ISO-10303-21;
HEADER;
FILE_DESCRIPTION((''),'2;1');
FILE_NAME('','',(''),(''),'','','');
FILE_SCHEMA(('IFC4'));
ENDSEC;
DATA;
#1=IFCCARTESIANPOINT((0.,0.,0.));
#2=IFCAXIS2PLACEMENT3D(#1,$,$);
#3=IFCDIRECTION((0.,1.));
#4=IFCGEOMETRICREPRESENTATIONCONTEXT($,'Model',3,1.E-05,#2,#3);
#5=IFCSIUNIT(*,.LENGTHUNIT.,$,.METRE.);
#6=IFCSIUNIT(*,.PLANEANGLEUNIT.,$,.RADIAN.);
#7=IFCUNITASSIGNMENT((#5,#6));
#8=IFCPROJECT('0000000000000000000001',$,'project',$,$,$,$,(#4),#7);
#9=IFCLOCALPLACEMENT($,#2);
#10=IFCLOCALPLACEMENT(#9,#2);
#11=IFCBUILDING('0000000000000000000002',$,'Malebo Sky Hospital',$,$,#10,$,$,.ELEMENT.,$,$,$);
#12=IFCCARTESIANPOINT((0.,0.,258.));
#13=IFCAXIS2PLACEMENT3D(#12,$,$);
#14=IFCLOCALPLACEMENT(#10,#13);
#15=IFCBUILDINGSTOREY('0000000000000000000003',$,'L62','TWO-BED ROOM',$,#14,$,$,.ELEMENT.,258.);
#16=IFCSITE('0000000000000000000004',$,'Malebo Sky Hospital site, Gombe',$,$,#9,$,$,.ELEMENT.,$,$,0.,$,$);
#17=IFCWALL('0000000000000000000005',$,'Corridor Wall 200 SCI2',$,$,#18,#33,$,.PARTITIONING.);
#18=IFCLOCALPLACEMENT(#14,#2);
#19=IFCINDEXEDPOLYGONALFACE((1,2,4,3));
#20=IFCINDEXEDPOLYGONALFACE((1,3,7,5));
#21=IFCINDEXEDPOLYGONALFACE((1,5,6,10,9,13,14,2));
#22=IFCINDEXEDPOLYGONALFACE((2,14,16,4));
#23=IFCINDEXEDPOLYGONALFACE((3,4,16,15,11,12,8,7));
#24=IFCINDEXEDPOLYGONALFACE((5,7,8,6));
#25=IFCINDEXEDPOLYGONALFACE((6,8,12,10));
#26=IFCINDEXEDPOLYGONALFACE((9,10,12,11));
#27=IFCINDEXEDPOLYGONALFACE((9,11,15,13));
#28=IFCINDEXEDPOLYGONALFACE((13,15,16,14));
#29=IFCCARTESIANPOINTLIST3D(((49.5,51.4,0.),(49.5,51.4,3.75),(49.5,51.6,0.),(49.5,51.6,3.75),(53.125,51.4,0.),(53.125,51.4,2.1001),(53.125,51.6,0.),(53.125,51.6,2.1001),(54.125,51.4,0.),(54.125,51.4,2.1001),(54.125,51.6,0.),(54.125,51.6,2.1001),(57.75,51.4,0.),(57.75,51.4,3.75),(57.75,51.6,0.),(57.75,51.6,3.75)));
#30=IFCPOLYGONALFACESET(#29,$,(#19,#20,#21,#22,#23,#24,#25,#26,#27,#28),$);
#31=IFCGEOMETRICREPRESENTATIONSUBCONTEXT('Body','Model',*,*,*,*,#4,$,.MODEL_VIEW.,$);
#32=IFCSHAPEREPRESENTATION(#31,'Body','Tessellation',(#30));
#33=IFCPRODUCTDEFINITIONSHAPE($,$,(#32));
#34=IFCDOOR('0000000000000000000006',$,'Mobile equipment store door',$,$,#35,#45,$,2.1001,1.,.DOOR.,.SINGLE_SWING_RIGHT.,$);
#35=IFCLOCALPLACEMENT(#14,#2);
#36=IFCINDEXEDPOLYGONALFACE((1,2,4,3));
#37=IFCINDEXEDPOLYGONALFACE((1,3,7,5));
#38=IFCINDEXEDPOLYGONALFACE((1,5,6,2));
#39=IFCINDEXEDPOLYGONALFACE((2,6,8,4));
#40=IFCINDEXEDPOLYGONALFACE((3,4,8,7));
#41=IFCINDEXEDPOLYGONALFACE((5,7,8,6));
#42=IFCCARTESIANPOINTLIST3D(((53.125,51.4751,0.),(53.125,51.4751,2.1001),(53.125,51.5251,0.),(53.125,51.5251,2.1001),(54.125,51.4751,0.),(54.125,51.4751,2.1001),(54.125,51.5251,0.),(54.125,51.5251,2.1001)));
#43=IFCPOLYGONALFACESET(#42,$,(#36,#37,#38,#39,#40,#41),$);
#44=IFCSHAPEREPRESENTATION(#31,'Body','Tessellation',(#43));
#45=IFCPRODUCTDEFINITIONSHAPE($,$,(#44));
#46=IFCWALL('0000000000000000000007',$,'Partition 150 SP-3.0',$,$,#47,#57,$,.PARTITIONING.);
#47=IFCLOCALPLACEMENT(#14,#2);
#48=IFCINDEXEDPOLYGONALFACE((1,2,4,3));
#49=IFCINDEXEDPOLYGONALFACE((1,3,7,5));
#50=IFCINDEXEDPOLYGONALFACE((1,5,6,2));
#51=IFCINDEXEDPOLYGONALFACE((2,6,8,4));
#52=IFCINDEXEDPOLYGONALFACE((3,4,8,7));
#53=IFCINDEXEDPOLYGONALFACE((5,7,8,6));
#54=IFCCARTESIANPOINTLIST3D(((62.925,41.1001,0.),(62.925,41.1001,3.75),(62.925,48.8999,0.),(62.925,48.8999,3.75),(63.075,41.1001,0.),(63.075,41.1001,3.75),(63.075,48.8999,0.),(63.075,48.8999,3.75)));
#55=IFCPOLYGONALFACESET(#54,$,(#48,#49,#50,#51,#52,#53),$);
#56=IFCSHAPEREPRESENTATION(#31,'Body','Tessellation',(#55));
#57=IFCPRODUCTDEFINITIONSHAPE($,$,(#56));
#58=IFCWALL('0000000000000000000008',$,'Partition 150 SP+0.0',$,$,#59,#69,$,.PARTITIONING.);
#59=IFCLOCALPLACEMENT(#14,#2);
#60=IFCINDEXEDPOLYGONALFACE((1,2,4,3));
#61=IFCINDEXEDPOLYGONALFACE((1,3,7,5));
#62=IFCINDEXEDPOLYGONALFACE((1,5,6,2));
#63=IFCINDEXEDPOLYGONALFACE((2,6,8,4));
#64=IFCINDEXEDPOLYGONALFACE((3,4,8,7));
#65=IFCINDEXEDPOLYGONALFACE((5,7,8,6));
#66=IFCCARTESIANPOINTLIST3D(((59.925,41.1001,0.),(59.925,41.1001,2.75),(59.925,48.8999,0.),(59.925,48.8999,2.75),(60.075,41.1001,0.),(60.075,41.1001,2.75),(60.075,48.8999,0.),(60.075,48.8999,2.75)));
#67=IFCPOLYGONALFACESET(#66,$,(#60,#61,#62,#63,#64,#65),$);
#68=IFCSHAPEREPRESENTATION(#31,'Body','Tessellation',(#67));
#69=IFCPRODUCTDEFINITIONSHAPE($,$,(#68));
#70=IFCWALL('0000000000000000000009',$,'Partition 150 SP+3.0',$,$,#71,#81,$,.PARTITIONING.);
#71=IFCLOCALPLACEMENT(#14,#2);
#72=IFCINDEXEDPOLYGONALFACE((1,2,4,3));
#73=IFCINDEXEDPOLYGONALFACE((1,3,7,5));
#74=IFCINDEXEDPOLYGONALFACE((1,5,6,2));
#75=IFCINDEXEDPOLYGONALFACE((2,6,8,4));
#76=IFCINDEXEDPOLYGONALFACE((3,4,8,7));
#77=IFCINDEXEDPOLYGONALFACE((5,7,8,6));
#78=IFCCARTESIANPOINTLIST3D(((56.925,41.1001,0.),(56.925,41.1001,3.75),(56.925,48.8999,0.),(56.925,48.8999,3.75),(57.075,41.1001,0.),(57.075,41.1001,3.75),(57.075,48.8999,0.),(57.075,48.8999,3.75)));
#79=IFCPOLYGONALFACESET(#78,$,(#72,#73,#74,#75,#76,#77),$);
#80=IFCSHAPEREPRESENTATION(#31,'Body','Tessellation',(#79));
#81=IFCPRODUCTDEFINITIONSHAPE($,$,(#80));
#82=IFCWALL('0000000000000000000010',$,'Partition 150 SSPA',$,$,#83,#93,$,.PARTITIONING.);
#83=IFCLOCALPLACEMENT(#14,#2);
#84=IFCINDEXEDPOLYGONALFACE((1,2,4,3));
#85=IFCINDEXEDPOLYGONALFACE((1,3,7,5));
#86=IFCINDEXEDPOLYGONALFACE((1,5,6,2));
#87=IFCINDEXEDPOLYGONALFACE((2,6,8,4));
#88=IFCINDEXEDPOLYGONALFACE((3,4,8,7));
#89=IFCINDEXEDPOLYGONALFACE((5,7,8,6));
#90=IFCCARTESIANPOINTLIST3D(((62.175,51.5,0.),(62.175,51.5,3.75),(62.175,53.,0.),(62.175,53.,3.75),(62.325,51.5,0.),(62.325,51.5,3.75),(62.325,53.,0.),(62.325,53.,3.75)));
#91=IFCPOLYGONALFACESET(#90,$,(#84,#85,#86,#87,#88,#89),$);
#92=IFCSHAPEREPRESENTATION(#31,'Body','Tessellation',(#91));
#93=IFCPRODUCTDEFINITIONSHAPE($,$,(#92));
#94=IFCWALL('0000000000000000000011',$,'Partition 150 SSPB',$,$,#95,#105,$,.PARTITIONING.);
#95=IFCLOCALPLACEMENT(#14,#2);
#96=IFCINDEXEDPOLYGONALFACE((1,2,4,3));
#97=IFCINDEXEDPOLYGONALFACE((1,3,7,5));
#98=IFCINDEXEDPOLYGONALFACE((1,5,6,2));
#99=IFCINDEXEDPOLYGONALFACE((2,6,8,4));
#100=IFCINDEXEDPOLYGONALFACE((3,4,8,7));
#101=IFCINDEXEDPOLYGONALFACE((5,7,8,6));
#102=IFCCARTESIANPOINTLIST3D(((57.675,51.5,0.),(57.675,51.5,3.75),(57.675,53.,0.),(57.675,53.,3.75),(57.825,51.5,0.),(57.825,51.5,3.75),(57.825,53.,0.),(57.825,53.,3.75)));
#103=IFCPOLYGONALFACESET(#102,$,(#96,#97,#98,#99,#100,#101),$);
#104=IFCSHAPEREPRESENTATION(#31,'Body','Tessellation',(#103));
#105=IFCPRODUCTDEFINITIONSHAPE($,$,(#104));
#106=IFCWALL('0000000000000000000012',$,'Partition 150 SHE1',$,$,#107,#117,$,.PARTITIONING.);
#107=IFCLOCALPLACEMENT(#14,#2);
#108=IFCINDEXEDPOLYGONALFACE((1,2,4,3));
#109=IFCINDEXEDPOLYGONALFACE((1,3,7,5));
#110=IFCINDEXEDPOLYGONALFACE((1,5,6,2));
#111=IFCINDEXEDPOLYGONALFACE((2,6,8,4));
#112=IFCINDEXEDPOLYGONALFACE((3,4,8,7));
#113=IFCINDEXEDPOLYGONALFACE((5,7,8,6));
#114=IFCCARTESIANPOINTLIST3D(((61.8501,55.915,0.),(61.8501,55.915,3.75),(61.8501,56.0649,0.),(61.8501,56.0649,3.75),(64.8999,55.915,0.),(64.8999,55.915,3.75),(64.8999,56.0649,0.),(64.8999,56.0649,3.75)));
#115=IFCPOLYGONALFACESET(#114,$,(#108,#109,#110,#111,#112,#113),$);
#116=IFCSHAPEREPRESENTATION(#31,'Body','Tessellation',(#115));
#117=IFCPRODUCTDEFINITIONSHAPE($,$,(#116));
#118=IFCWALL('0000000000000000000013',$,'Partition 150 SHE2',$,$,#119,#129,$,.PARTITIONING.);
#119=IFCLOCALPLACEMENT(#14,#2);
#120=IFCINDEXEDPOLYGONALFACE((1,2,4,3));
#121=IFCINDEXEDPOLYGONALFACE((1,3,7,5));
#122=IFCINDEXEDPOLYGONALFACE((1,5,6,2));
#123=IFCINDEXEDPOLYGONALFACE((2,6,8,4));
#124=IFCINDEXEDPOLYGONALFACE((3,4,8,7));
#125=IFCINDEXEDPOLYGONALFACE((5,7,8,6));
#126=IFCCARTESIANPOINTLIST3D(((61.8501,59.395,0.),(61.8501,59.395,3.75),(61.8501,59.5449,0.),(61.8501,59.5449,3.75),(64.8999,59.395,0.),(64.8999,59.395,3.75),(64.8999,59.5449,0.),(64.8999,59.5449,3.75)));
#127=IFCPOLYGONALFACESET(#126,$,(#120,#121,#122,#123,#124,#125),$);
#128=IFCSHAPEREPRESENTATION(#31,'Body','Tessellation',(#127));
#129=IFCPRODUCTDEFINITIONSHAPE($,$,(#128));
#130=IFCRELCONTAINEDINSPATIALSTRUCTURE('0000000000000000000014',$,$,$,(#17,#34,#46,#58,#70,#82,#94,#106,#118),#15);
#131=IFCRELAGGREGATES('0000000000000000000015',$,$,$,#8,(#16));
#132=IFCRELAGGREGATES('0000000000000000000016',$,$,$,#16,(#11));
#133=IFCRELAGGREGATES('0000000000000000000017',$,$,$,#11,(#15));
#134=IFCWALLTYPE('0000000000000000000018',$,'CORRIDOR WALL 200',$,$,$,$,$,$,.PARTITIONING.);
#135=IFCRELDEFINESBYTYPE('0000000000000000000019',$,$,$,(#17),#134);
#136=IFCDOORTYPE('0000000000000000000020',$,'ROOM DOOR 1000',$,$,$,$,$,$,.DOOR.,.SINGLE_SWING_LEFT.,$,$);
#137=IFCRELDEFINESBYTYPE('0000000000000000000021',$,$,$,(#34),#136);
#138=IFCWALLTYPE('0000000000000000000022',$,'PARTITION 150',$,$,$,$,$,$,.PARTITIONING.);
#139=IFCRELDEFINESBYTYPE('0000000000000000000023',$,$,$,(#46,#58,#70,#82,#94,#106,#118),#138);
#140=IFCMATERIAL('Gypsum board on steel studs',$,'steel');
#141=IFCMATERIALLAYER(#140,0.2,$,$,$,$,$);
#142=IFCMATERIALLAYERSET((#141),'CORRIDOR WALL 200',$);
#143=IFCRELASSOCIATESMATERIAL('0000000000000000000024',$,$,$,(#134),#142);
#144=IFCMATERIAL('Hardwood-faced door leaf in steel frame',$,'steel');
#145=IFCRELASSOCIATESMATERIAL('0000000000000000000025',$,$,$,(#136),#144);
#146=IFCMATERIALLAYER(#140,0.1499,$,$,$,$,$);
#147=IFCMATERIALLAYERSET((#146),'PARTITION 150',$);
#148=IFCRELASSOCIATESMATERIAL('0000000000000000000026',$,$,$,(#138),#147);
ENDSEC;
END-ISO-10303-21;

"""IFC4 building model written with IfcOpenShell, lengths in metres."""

from ifc_helpers import new_model, si_unit, direction, frame, frame_2d, origin, place, context, subcontext, project, spatial, rectangle, extrude, material, layer, layer_set, type_object, element, fill, save


model = new_model("IFC4")

# Units and contexts
model_context = context("Model", 3, precision=1e-05, world=origin(), true_north=direction((0.0, 1.0)))
body_context = subcontext(model_context, "Body", "Model", "MODEL_VIEW")
ifc_project = project(units=[si_unit("LENGTHUNIT", "METRE"), si_unit("PLANEANGLEUNIT", "RADIAN")], contexts=[model_context])

# Site, building, storey
site_placement = place(None, origin())
site = spatial("IfcSite", under=ifc_project, at=site_placement, Name="Malebo Sky Hospital site, Gombe", CompositionType="ELEMENT", RefElevation=0.0)
building_placement = place(site_placement, origin())
building = spatial("IfcBuilding", under=site, at=building_placement, Name="Malebo Sky Hospital", CompositionType="ELEMENT")
storey_placement = place(building_placement, frame((0.0, 0.0, 258.0)))
storey = spatial("IfcBuildingStorey", under=building, at=storey_placement, Name="L62", Description="TWO-BED ROOM", CompositionType="ELEMENT", Elevation=258.0)

# Shared definitions
ifc_material_1 = material(Name="Hardwood-faced door leaf in steel frame", Category="steel")

# Wall, opening, door
ifc_material_2 = material(Name="Gypsum board on steel studs", Category="steel")
ifc_layer_1 = layer(ifc_material_2, 0.2)
ifc_layer_set_1 = layer_set([ifc_layer_1], Name="CORRIDOR WALL 200")
wall_type_1 = type_object("IfcWallType", Name="CORRIDOR WALL 200", PredefinedType="PARTITIONING", material=ifc_layer_set_1)
wall_1_placement = place(storey_placement, frame((57.75, 51.5, 0.0), z_axis=(0.0, 0.0, 1.0), x_axis=(-1.0, 0.0, 0.0)))
wall_1 = element("IfcWall", 1, at=wall_1_placement, inside=storey, type_object=wall_type_1, Name="Corridor Wall 200 SCI2", PredefinedType="PARTITIONING", context=body_context, shape_type="SweptSolid", body=[
    extrude(rectangle(XDim=8.25, YDim=0.2, at=frame_2d((4.125, 0.0))), origin(), (0.0, 0.0, 1.0), 3.75),
])
opening_1_placement = place(wall_1_placement, frame((3.625, 0.0, 0.0)))
opening_1 = element("IfcOpeningElement", 2, at=opening_1_placement, cuts=wall_1, PredefinedType="OPENING", context=body_context, shape_type="SweptSolid", body=[
    extrude(rectangle(XDim=1.0, YDim=2.1001, at=frame_2d((0.5, 1.05))), frame((0.0, 0.1099, 0.0), z_axis=(0.0, -1.0, 0.0), x_axis=(1.0, 0.0, 0.0)), (0.0, 0.0, 1.0), 0.22),
])
door_type_1 = type_object("IfcDoorType", Name="ROOM DOOR 1000", OperationType="SINGLE_SWING_LEFT", PredefinedType="DOOR", material=ifc_material_1)
door_1_placement = place(opening_1_placement, origin())
door_1 = element("IfcDoor", 3, at=door_1_placement, inside=storey, type_object=door_type_1, Name="Mobile equipment store door", OperationType="SINGLE_SWING_RIGHT", OverallHeight=2.1001, OverallWidth=1.0, PredefinedType="DOOR", context=body_context, shape_type="SweptSolid", body=[
    extrude(rectangle(XDim=1.0, YDim=2.1001, at=frame_2d((0.5, 1.05))), frame((0.0, 0.0249, 0.0), z_axis=(0.0, -1.0, 0.0), x_axis=(1.0, 0.0, 0.0)), (0.0, 0.0, 1.0), 0.05),
])
fill(opening_1, door_1)

# Walls
ifc_layer_2 = layer(ifc_material_2, 0.1499)
ifc_layer_set_2 = layer_set([ifc_layer_2], Name="PARTITION 150")
wall_type_2 = type_object("IfcWallType", Name="PARTITION 150", PredefinedType="PARTITIONING", material=ifc_layer_set_2)
wall_2_placement = place(storey_placement, frame((63.0, 48.8999, 0.0), z_axis=(0.0, 0.0, 1.0), x_axis=(0.0, -1.0, 0.0)))
element("IfcWall", 4, at=wall_2_placement, inside=storey, type_object=wall_type_2, Name="Partition 150 SP-3.0", PredefinedType="PARTITIONING", context=body_context, shape_type="SweptSolid", body=[
    extrude(rectangle(XDim=7.7998, YDim=0.1499, at=frame_2d((3.8999, 0.0))), origin(), (0.0, 0.0, 1.0), 3.75),
])
wall_3_placement = place(storey_placement, frame((60.0, 48.8999, 0.0), z_axis=(0.0, 0.0, 1.0), x_axis=(0.0, -1.0, 0.0)))
element("IfcWall", 5, at=wall_3_placement, inside=storey, type_object=wall_type_2, Name="Partition 150 SP+0.0", PredefinedType="PARTITIONING", context=body_context, shape_type="SweptSolid", body=[
    extrude(rectangle(XDim=7.7998, YDim=0.1499, at=frame_2d((3.8999, 0.0))), origin(), (0.0, 0.0, 1.0), 2.75),
])
wall_4_placement = place(storey_placement, frame((57.0, 48.8999, 0.0), z_axis=(0.0, 0.0, 1.0), x_axis=(0.0, -1.0, 0.0)))
element("IfcWall", 6, at=wall_4_placement, inside=storey, type_object=wall_type_2, Name="Partition 150 SP+3.0", PredefinedType="PARTITIONING", context=body_context, shape_type="SweptSolid", body=[
    extrude(rectangle(XDim=7.7998, YDim=0.1499, at=frame_2d((3.8999, 0.0))), origin(), (0.0, 0.0, 1.0), 3.75),
])
for number, where, z_axis, x_axis, name in (
    (7, (62.25, 53.0, 0.0), (0.0, 0.0, 1.0), (0.0, -1.0, 0.0), "Partition 150 SSPA"),
    (8, (57.75, 53.0, 0.0), (0.0, 0.0, 1.0), (0.0, -1.0, 0.0), "Partition 150 SSPB"),
):
    element("IfcWall", number, at=place(storey_placement, frame(where, z_axis=z_axis, x_axis=x_axis)), inside=storey, type_object=wall_type_2, Name=name, PredefinedType="PARTITIONING", context=body_context, shape_type="SweptSolid", body=[
        extrude(rectangle(XDim=1.5, YDim=0.1499, at=frame_2d((0.75, 0.0))), origin(), (0.0, 0.0, 1.0), 3.75),
    ])
for number, where, z_axis, x_axis, name in (
    (9, (61.8501, 55.99, 0.0), (0.0, 0.0, 1.0), (1.0, 0.0, 0.0), "Partition 150 SHE1"),
    (10, (61.8501, 59.47, 0.0), (0.0, 0.0, 1.0), (1.0, 0.0, 0.0), "Partition 150 SHE2"),
):
    element("IfcWall", number, at=place(storey_placement, frame(where, z_axis=z_axis, x_axis=x_axis)), inside=storey, type_object=wall_type_2, Name=name, PredefinedType="PARTITIONING", context=body_context, shape_type="SweptSolid", body=[
        extrude(rectangle(XDim=3.0498, YDim=0.1499, at=frame_2d((1.5249, 0.0))), origin(), (0.0, 0.0, 1.0), 3.75),
    ])

save(model, "model.ifc")
